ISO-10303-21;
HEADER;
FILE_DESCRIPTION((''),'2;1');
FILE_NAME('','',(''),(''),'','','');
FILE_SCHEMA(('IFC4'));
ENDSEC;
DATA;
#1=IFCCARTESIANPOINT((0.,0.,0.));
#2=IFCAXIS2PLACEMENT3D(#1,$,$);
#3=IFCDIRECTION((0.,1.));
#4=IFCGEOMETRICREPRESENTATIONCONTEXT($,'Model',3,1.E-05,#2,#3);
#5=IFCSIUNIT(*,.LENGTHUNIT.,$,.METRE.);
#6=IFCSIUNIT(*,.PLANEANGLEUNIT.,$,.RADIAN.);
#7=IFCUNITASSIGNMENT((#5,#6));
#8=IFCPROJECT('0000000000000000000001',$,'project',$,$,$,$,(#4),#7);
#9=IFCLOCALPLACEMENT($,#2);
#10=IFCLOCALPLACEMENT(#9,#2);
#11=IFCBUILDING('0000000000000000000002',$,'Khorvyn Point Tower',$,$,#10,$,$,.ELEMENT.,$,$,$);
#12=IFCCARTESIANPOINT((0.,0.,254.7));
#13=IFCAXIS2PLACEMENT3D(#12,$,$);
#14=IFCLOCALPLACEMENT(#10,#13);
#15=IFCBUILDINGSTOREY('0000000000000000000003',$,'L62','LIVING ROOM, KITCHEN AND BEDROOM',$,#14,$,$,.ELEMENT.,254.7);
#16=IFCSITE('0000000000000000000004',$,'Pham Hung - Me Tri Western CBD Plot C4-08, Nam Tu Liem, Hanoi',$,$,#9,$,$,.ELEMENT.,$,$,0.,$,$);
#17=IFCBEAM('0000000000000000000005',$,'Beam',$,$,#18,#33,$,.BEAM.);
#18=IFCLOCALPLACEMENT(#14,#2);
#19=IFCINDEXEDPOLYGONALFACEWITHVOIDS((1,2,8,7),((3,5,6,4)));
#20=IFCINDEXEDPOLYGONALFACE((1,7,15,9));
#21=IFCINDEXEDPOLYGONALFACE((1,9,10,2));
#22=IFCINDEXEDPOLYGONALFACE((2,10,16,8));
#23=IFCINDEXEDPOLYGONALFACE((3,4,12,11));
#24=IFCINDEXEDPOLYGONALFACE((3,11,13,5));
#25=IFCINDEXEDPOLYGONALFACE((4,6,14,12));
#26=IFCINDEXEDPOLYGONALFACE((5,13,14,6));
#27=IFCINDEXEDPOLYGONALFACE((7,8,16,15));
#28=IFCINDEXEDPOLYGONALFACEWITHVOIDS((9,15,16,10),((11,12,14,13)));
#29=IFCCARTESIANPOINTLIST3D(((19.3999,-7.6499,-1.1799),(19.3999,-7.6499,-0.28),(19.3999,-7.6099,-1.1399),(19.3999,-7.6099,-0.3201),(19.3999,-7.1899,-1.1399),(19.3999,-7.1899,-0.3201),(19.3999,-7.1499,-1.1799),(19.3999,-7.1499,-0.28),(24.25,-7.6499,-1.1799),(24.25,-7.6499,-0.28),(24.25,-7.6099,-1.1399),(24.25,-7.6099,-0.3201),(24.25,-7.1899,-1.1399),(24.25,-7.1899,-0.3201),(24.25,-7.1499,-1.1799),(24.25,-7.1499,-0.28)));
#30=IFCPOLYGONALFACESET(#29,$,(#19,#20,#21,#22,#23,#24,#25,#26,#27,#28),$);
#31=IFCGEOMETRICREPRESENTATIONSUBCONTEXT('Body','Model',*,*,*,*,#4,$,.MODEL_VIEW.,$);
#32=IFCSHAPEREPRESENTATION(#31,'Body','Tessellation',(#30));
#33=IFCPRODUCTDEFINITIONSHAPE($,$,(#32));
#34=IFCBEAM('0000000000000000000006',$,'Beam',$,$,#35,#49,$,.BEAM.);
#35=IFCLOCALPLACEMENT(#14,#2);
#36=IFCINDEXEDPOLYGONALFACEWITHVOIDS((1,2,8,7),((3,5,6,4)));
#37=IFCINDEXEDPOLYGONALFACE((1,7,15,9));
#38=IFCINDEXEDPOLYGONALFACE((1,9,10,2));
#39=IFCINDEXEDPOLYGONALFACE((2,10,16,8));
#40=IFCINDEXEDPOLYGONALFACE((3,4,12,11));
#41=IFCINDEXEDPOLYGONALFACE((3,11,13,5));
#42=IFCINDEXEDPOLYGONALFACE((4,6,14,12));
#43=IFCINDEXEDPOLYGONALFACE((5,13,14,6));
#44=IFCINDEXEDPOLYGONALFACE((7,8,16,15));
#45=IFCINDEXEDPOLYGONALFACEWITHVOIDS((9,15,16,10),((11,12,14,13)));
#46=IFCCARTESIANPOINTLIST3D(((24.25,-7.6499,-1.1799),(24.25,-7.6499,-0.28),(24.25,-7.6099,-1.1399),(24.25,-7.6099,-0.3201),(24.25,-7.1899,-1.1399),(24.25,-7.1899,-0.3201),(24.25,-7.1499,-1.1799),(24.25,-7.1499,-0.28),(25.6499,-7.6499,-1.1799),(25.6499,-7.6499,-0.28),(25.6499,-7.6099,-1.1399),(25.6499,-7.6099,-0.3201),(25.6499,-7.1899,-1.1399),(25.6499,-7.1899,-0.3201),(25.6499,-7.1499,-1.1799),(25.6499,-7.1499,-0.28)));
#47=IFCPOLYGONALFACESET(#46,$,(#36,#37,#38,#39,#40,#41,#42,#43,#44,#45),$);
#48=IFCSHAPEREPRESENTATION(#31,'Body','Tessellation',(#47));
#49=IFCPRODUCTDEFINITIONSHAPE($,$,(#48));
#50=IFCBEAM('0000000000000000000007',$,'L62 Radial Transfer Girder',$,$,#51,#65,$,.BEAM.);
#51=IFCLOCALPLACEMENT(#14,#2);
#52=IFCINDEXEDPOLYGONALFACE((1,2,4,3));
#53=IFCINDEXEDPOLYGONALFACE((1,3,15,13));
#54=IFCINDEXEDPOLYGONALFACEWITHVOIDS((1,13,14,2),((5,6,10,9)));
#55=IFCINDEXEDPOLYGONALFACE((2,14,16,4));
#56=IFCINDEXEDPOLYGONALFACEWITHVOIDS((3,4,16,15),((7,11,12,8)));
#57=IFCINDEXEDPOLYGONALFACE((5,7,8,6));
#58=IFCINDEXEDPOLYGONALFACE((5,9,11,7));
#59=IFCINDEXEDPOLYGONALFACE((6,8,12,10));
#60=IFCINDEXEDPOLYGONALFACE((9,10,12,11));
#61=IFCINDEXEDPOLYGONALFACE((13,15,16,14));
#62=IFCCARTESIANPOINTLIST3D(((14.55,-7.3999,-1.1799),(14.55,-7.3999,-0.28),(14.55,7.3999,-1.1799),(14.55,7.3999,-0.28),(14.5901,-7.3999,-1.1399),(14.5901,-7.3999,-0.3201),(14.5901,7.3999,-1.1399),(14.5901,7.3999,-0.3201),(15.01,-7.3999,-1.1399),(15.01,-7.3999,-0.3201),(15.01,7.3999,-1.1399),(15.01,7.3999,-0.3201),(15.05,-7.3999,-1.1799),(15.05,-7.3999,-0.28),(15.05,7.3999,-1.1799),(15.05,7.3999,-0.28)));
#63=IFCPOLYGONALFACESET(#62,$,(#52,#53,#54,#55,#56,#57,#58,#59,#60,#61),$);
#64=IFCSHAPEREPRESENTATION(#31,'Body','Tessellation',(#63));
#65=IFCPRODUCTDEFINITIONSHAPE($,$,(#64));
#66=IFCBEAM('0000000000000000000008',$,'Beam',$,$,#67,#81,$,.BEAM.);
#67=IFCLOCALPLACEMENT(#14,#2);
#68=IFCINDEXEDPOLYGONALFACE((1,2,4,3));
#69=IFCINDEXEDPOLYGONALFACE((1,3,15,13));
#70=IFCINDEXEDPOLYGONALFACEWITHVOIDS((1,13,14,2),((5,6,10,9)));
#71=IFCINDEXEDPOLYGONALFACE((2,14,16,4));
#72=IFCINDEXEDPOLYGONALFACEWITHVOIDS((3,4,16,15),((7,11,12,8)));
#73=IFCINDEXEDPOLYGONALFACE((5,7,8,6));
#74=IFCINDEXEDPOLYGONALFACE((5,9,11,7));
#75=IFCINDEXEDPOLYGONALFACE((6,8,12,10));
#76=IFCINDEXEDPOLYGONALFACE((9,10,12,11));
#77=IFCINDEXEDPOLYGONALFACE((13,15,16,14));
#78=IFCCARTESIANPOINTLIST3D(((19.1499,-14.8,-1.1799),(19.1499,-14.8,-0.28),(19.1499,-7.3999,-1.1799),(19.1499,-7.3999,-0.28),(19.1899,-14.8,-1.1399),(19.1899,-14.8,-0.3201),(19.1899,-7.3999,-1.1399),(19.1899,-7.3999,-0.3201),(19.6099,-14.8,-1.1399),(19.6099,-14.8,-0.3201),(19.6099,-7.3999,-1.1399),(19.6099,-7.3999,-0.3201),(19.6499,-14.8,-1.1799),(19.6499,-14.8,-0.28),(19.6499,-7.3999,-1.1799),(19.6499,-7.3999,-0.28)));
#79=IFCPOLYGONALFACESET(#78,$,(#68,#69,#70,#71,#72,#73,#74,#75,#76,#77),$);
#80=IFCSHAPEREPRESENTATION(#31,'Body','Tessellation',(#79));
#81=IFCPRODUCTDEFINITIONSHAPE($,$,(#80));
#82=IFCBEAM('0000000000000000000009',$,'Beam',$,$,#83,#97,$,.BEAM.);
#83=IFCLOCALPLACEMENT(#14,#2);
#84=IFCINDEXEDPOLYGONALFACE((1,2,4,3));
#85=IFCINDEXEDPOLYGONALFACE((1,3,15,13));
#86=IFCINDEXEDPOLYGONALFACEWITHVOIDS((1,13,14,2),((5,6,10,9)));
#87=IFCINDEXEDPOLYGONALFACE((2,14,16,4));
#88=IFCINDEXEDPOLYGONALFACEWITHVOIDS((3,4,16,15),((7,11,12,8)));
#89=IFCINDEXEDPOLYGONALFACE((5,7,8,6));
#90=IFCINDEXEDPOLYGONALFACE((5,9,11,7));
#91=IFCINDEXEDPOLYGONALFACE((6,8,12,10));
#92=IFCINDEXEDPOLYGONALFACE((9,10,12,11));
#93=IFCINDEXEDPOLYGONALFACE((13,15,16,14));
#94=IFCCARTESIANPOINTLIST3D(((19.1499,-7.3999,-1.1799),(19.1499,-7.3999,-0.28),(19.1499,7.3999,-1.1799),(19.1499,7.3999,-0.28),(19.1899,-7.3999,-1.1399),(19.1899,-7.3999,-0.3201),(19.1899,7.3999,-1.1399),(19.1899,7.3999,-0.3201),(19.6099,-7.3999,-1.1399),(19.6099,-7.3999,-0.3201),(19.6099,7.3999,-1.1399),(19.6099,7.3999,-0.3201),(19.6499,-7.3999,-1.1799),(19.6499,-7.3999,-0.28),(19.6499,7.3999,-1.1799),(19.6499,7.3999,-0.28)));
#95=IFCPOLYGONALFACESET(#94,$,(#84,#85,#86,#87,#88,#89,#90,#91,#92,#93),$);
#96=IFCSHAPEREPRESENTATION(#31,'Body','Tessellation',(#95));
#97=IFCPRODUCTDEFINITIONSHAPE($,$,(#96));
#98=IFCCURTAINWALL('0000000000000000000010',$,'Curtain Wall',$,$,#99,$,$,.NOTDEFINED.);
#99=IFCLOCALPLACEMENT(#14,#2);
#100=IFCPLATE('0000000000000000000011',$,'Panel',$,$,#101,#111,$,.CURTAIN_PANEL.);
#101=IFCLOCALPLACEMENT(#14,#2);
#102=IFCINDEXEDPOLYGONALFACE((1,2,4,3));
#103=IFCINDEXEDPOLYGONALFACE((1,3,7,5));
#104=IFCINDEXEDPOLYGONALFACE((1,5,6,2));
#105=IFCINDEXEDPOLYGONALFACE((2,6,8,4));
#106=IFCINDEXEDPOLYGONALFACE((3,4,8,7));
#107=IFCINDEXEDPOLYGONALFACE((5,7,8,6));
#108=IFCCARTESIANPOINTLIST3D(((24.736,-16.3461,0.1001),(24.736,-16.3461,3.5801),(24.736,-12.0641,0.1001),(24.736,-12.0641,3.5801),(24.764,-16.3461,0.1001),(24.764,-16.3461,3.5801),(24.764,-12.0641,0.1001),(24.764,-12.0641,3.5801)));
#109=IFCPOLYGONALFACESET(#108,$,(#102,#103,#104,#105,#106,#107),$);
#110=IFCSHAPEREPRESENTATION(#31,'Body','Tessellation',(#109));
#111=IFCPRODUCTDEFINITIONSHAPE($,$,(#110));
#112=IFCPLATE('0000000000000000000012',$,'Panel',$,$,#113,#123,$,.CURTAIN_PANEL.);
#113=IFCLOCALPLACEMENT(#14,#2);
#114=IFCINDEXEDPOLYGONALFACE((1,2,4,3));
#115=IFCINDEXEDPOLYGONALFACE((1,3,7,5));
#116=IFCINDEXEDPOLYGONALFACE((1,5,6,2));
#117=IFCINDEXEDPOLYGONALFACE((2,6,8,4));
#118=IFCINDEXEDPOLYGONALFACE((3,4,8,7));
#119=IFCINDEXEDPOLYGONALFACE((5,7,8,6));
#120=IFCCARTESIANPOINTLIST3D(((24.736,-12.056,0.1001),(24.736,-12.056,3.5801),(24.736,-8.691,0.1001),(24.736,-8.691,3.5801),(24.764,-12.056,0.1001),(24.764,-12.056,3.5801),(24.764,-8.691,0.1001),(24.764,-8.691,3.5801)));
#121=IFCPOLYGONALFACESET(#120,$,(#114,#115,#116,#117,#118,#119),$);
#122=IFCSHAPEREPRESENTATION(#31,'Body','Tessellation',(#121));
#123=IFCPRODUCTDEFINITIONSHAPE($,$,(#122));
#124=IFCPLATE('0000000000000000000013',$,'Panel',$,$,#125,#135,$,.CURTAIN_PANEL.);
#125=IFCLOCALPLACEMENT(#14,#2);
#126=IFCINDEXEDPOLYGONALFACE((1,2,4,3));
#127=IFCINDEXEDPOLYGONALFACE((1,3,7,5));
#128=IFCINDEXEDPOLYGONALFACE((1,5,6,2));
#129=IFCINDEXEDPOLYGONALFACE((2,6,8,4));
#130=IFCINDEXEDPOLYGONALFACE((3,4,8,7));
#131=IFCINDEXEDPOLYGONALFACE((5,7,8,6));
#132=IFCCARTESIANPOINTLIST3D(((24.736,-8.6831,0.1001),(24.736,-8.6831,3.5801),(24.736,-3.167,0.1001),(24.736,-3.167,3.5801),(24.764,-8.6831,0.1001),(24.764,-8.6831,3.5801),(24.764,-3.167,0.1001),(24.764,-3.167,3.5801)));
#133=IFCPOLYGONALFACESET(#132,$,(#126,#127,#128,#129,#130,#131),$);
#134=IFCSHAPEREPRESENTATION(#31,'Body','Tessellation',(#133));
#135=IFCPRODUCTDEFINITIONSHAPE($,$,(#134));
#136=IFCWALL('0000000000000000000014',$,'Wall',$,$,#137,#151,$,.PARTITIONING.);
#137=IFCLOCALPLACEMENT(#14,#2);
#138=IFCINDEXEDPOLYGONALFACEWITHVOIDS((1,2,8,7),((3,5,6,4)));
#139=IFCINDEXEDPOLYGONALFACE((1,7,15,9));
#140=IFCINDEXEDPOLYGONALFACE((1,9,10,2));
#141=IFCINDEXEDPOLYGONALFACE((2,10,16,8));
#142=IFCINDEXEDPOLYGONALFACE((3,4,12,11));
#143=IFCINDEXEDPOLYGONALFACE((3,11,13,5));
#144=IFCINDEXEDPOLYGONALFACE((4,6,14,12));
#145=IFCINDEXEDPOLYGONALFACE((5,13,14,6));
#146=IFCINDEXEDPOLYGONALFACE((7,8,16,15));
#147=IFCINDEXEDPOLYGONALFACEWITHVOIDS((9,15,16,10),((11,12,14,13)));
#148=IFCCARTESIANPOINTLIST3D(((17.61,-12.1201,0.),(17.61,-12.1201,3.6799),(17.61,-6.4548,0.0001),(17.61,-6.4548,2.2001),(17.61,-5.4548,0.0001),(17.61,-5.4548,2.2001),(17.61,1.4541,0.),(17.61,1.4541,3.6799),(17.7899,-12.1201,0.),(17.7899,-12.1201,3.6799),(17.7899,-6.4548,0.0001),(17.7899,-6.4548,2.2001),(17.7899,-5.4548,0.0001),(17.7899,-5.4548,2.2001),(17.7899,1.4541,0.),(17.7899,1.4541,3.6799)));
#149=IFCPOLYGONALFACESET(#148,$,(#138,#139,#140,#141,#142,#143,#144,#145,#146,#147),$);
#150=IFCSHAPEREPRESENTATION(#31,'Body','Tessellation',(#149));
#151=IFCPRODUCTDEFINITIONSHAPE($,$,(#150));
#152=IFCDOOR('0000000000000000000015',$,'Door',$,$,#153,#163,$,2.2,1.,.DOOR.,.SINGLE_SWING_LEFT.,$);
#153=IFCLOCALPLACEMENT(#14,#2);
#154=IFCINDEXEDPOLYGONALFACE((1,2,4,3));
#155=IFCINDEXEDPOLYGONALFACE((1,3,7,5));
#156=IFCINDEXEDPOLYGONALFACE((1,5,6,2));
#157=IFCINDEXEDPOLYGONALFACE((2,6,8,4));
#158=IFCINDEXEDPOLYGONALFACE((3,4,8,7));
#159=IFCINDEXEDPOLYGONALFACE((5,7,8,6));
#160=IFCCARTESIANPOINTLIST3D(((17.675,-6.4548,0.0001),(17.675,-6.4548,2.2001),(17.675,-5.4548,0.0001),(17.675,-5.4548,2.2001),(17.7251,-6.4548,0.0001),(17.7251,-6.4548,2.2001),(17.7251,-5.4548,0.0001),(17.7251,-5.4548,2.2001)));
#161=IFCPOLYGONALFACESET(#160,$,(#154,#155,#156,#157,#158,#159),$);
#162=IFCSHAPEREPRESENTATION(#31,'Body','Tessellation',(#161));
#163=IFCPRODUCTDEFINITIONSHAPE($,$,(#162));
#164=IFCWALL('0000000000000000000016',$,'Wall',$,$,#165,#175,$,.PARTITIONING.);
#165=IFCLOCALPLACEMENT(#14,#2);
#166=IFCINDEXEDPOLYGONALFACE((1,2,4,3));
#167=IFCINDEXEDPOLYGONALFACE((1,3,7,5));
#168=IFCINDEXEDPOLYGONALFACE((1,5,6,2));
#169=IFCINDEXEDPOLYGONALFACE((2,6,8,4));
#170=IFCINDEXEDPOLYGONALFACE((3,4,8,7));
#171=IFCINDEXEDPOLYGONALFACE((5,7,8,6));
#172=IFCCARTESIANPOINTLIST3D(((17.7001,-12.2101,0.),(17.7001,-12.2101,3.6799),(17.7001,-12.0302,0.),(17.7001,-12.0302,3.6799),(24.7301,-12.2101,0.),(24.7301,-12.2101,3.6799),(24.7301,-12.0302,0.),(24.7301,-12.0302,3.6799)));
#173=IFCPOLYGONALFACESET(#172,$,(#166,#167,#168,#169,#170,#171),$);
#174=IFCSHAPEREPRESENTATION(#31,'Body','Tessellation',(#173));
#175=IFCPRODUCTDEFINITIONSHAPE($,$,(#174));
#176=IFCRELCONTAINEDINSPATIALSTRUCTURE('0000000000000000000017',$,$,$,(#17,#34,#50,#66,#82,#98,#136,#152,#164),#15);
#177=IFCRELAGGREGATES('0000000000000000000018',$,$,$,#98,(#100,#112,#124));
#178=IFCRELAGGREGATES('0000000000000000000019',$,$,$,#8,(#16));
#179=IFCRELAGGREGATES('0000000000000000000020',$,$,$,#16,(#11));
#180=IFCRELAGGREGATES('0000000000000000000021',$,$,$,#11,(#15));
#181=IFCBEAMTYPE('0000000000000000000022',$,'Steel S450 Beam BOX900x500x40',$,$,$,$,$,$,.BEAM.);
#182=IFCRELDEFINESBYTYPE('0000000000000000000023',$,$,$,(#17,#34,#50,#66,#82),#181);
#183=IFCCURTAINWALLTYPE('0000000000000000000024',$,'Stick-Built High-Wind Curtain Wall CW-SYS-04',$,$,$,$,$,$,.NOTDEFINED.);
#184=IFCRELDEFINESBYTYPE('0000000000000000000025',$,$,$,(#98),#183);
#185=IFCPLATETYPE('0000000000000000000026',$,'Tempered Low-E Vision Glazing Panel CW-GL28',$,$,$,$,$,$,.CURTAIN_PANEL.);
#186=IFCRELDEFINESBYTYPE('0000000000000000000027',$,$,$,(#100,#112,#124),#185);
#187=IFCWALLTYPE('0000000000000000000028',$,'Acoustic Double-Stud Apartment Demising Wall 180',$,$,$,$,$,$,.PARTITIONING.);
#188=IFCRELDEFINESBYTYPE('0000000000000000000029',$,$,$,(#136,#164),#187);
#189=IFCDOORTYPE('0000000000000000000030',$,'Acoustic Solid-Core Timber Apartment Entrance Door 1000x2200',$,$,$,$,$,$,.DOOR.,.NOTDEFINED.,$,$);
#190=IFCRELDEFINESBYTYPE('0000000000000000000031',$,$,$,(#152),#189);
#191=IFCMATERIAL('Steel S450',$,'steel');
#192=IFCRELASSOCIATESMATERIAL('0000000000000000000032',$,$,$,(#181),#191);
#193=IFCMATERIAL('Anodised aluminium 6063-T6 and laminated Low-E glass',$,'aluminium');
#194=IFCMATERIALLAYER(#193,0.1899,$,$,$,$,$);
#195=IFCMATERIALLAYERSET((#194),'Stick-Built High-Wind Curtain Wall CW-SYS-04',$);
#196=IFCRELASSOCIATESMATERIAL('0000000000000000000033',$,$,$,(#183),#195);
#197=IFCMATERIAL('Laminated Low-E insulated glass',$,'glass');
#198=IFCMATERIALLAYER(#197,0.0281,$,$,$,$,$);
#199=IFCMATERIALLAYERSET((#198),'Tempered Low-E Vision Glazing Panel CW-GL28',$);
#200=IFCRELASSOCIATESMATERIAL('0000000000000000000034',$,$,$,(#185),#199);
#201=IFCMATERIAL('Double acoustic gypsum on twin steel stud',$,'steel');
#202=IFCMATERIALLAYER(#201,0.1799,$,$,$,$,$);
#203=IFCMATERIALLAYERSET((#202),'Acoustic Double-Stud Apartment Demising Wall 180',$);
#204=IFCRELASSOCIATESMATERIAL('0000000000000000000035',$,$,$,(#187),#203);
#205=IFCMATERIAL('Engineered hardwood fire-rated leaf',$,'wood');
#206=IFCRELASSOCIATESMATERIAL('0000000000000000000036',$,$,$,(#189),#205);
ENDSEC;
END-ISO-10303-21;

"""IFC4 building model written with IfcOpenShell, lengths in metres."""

from ifc_helpers import new_model, si_unit, direction, frame, frame_2d, origin, origin_2d, place, context, subcontext, project, spatial, rectangle, hollow_rectangle, extrude, material, layer, layer_set, material_profile, profile_set, type_object, element, fill, aggregate, save


model = new_model("IFC4")

# Units and contexts
model_context = context("Model", 3, precision=1e-05, world=origin(), true_north=direction((0.0, 1.0)))
body_context = subcontext(model_context, "Body", "Model", "MODEL_VIEW")
ifc_project = project(units=[si_unit("LENGTHUNIT", "METRE"), si_unit("PLANEANGLEUNIT", "RADIAN")], contexts=[model_context])

# Site, building, storey
site_placement = place(None, origin())
site = spatial("IfcSite", under=ifc_project, at=site_placement, Name="Pham Hung - Me Tri Western CBD Plot C4-08, Nam Tu Liem, Hanoi", CompositionType="ELEMENT", RefElevation=0.0)
building_placement = place(site_placement, origin())
building = spatial("IfcBuilding", under=site, at=building_placement, Name="Khorvyn Point Tower", CompositionType="ELEMENT")
storey_placement = place(building_placement, frame((0.0, 0.0, 254.7)))
storey = spatial("IfcBuildingStorey", under=building, at=storey_placement, Name="L62", Description="LIVING ROOM, KITCHEN AND BEDROOM", CompositionType="ELEMENT", Elevation=254.7)

# Shared definitions
ifc_material_1 = material(Name="Steel S450", Category="steel")

# Beams
ifc_material_profile_1 = material_profile(ifc_material_1, hollow_rectangle(XDim=0.5, YDim=0.8999, WallThickness=0.04, at=origin_2d()))
ifc_profile_set_1 = profile_set([ifc_material_profile_1], Name="Steel S450 BOX900x500x40")
beam_type_1 = type_object("IfcBeamType", Name="Steel S450 Beam BOX900x500x40", PredefinedType="BEAM", material=ifc_profile_set_1)
beam_1_placement = place(storey_placement, frame((19.3999, -7.3999, -0.73), z_axis=(1.0, 0.0, 0.0), x_axis=(0.0, 1.0, 0.0)))
element("IfcBeam", 1, at=beam_1_placement, inside=storey, type_object=beam_type_1, Name="Beam", PredefinedType="BEAM", context=body_context, shape_type="SweptSolid", body=[
    extrude(hollow_rectangle(XDim=0.5, YDim=0.8999, WallThickness=0.04, at=origin_2d()), origin(), (0.0, 0.0, 1.0), 4.8501),
])
beam_2_placement = place(storey_placement, frame((24.25, -7.3999, -0.73), z_axis=(1.0, 0.0, 0.0), x_axis=(0.0, 1.0, 0.0)))
element("IfcBeam", 2, at=beam_2_placement, inside=storey, type_object=beam_type_1, Name="Beam", PredefinedType="BEAM", context=body_context, shape_type="SweptSolid", body=[
    extrude(hollow_rectangle(XDim=0.5, YDim=0.8999, WallThickness=0.04, at=origin_2d()), origin(), (0.0, 0.0, 1.0), 1.3999),
])
beam_3_placement = place(storey_placement, frame((14.8, -7.3999, -0.73), z_axis=(0.0, 1.0, 0.0), x_axis=(-1.0, 0.0, 0.0)))
element("IfcBeam", 3, at=beam_3_placement, inside=storey, type_object=beam_type_1, Name="L62 Radial Transfer Girder", PredefinedType="BEAM", context=body_context, shape_type="SweptSolid", body=[
    extrude(hollow_rectangle(XDim=0.5, YDim=0.8999, WallThickness=0.04, at=origin_2d()), origin(), (0.0, 0.0, 1.0), 14.7998),
])
beam_4_placement = place(storey_placement, frame((19.3999, -14.8, -0.73), z_axis=(0.0, 1.0, 0.0), x_axis=(-1.0, 0.0, 0.0)))
element("IfcBeam", 4, at=beam_4_placement, inside=storey, type_object=beam_type_1, Name="Beam", PredefinedType="BEAM", context=body_context, shape_type="SweptSolid", body=[
    extrude(hollow_rectangle(XDim=0.5, YDim=0.8999, WallThickness=0.04, at=origin_2d()), origin(), (0.0, 0.0, 1.0), 7.4001),
])
beam_5_placement = place(storey_placement, frame((19.3999, -7.3999, -0.73), z_axis=(0.0, 1.0, 0.0), x_axis=(-1.0, 0.0, 0.0)))
element("IfcBeam", 5, at=beam_5_placement, inside=storey, type_object=beam_type_1, Name="Beam", PredefinedType="BEAM", context=body_context, shape_type="SweptSolid", body=[
    extrude(hollow_rectangle(XDim=0.5, YDim=0.8999, WallThickness=0.04, at=origin_2d()), origin(), (0.0, 0.0, 1.0), 14.7998),
])

# Curtain wall, plates
ifc_material_2 = material(Name="Anodised aluminium 6063-T6 and laminated Low-E glass", Category="aluminium")
ifc_layer_1 = layer(ifc_material_2, 0.1899)
ifc_layer_set_1 = layer_set([ifc_layer_1], Name="Stick-Built High-Wind Curtain Wall CW-SYS-04")
curtain_wall_type = type_object("IfcCurtainWallType", Name="Stick-Built High-Wind Curtain Wall CW-SYS-04", PredefinedType="NOTDEFINED", material=ifc_layer_set_1)
curtain_wall_placement = place(storey_placement, origin())
curtain_wall = element("IfcCurtainWall", 6, at=curtain_wall_placement, inside=storey, type_object=curtain_wall_type, Name="Curtain Wall", PredefinedType="NOTDEFINED")
ifc_material_3 = material(Name="Laminated Low-E insulated glass", Category="glass")
ifc_layer_2 = layer(ifc_material_3, 0.0281)
ifc_layer_set_2 = layer_set([ifc_layer_2], Name="Tempered Low-E Vision Glazing Panel CW-GL28")
plate_type = type_object("IfcPlateType", Name="Tempered Low-E Vision Glazing Panel CW-GL28", PredefinedType="CURTAIN_PANEL", material=ifc_layer_set_2)
plate_1_placement = place(storey_placement, frame((24.75, -14.2051, 0.1001), z_axis=(0.0, 0.0, 1.0), x_axis=(0.0, -1.0, 0.0)))
plate_1 = element("IfcPlate", 7, at=plate_1_placement, type_object=plate_type, Name="Panel", PredefinedType="CURTAIN_PANEL", context=body_context, shape_type="SweptSolid", body=[
    extrude(rectangle(XDim=4.282, YDim=0.0281, at=origin_2d()), origin(), (0.0, 0.0, 1.0), 3.48),
])
plate_2_placement = place(storey_placement, frame((24.75, -10.3735, 0.1001), z_axis=(0.0, 0.0, 1.0), x_axis=(0.0, -1.0, 0.0)))
plate_2 = element("IfcPlate", 8, at=plate_2_placement, type_object=plate_type, Name="Panel", PredefinedType="CURTAIN_PANEL", context=body_context, shape_type="SweptSolid", body=[
    extrude(rectangle(XDim=3.365, YDim=0.0281, at=origin_2d()), origin(), (0.0, 0.0, 1.0), 3.48),
])
plate_3_placement = place(storey_placement, frame((24.75, -5.925, 0.1001), z_axis=(0.0, 0.0, 1.0), x_axis=(0.0, -1.0, 0.0)))
plate_3 = element("IfcPlate", 9, at=plate_3_placement, type_object=plate_type, Name="Panel", PredefinedType="CURTAIN_PANEL", context=body_context, shape_type="SweptSolid", body=[
    extrude(rectangle(XDim=5.5161, YDim=0.0281, at=origin_2d()), origin(), (0.0, 0.0, 1.0), 3.48),
])
aggregate(curtain_wall, [plate_1, plate_2, plate_3])

# Wall, opening, door
ifc_material_4 = material(Name="Double acoustic gypsum on twin steel stud", Category="steel")
ifc_layer_3 = layer(ifc_material_4, 0.1799)
ifc_layer_set_3 = layer_set([ifc_layer_3], Name="Acoustic Double-Stud Apartment Demising Wall 180")
wall_type_1 = type_object("IfcWallType", Name="Acoustic Double-Stud Apartment Demising Wall 180", PredefinedType="PARTITIONING", material=ifc_layer_set_3)
wall_1_placement = place(storey_placement, frame((17.7, -12.1201, 0.0), z_axis=(0.0, 0.0, 1.0), x_axis=(0.0, 1.0, 0.0)))
wall_1 = element("IfcWall", 10, at=wall_1_placement, inside=storey, type_object=wall_type_1, Name="Wall", PredefinedType="PARTITIONING", context=body_context, shape_type="SweptSolid", body=[
    extrude(rectangle(XDim=13.5742, YDim=0.1799, at=frame_2d((6.7871, 0.0))), origin(), (0.0, 0.0, 1.0), 3.6799),
])
opening_1_placement = place(wall_1_placement, frame((5.6653, 0.0, 0.0)))
opening_1 = element("IfcOpeningElement", 11, at=opening_1_placement, cuts=wall_1, PredefinedType="OPENING", context=body_context, shape_type="SweptSolid", body=[
    extrude(rectangle(XDim=1.0, YDim=2.2, at=frame_2d((0.5, 1.1001))), frame((0.0, 0.0999, 0.0), z_axis=(0.0, -1.0, 0.0), x_axis=(1.0, 0.0, 0.0)), (0.0, 0.0, 1.0), 0.2),
])
ifc_material_5 = material(Name="Engineered hardwood fire-rated leaf", Category="wood")
door_type_1 = type_object("IfcDoorType", Name="Acoustic Solid-Core Timber Apartment Entrance Door 1000x2200", OperationType="NOTDEFINED", PredefinedType="DOOR", material=ifc_material_5)
door_1_placement = place(opening_1_placement, origin())
door_1 = element("IfcDoor", 12, at=door_1_placement, inside=storey, type_object=door_type_1, Name="Door", OperationType="SINGLE_SWING_LEFT", OverallHeight=2.2, OverallWidth=1.0, PredefinedType="DOOR", context=body_context, shape_type="SweptSolid", body=[
    extrude(rectangle(XDim=1.0, YDim=2.2, at=frame_2d((0.5, 1.1001))), frame((0.0, 0.0249, 0.0), z_axis=(0.0, -1.0, 0.0), x_axis=(1.0, 0.0, 0.0)), (0.0, 0.0, 1.0), 0.05),
])
fill(opening_1, door_1)

# Wall
wall_2_placement = place(storey_placement, frame((17.7, -12.1201, 0.0), z_axis=(0.0, 0.0, 1.0), x_axis=(1.0, 0.0, 0.0)))
element("IfcWall", 13, at=wall_2_placement, inside=storey, type_object=wall_type_1, Name="Wall", PredefinedType="PARTITIONING", context=body_context, shape_type="SweptSolid", body=[
    extrude(rectangle(XDim=7.03, YDim=0.1799, at=frame_2d((3.5151, 0.0))), origin(), (0.0, 0.0, 1.0), 3.6799),
])

save(model, "model.ifc")
